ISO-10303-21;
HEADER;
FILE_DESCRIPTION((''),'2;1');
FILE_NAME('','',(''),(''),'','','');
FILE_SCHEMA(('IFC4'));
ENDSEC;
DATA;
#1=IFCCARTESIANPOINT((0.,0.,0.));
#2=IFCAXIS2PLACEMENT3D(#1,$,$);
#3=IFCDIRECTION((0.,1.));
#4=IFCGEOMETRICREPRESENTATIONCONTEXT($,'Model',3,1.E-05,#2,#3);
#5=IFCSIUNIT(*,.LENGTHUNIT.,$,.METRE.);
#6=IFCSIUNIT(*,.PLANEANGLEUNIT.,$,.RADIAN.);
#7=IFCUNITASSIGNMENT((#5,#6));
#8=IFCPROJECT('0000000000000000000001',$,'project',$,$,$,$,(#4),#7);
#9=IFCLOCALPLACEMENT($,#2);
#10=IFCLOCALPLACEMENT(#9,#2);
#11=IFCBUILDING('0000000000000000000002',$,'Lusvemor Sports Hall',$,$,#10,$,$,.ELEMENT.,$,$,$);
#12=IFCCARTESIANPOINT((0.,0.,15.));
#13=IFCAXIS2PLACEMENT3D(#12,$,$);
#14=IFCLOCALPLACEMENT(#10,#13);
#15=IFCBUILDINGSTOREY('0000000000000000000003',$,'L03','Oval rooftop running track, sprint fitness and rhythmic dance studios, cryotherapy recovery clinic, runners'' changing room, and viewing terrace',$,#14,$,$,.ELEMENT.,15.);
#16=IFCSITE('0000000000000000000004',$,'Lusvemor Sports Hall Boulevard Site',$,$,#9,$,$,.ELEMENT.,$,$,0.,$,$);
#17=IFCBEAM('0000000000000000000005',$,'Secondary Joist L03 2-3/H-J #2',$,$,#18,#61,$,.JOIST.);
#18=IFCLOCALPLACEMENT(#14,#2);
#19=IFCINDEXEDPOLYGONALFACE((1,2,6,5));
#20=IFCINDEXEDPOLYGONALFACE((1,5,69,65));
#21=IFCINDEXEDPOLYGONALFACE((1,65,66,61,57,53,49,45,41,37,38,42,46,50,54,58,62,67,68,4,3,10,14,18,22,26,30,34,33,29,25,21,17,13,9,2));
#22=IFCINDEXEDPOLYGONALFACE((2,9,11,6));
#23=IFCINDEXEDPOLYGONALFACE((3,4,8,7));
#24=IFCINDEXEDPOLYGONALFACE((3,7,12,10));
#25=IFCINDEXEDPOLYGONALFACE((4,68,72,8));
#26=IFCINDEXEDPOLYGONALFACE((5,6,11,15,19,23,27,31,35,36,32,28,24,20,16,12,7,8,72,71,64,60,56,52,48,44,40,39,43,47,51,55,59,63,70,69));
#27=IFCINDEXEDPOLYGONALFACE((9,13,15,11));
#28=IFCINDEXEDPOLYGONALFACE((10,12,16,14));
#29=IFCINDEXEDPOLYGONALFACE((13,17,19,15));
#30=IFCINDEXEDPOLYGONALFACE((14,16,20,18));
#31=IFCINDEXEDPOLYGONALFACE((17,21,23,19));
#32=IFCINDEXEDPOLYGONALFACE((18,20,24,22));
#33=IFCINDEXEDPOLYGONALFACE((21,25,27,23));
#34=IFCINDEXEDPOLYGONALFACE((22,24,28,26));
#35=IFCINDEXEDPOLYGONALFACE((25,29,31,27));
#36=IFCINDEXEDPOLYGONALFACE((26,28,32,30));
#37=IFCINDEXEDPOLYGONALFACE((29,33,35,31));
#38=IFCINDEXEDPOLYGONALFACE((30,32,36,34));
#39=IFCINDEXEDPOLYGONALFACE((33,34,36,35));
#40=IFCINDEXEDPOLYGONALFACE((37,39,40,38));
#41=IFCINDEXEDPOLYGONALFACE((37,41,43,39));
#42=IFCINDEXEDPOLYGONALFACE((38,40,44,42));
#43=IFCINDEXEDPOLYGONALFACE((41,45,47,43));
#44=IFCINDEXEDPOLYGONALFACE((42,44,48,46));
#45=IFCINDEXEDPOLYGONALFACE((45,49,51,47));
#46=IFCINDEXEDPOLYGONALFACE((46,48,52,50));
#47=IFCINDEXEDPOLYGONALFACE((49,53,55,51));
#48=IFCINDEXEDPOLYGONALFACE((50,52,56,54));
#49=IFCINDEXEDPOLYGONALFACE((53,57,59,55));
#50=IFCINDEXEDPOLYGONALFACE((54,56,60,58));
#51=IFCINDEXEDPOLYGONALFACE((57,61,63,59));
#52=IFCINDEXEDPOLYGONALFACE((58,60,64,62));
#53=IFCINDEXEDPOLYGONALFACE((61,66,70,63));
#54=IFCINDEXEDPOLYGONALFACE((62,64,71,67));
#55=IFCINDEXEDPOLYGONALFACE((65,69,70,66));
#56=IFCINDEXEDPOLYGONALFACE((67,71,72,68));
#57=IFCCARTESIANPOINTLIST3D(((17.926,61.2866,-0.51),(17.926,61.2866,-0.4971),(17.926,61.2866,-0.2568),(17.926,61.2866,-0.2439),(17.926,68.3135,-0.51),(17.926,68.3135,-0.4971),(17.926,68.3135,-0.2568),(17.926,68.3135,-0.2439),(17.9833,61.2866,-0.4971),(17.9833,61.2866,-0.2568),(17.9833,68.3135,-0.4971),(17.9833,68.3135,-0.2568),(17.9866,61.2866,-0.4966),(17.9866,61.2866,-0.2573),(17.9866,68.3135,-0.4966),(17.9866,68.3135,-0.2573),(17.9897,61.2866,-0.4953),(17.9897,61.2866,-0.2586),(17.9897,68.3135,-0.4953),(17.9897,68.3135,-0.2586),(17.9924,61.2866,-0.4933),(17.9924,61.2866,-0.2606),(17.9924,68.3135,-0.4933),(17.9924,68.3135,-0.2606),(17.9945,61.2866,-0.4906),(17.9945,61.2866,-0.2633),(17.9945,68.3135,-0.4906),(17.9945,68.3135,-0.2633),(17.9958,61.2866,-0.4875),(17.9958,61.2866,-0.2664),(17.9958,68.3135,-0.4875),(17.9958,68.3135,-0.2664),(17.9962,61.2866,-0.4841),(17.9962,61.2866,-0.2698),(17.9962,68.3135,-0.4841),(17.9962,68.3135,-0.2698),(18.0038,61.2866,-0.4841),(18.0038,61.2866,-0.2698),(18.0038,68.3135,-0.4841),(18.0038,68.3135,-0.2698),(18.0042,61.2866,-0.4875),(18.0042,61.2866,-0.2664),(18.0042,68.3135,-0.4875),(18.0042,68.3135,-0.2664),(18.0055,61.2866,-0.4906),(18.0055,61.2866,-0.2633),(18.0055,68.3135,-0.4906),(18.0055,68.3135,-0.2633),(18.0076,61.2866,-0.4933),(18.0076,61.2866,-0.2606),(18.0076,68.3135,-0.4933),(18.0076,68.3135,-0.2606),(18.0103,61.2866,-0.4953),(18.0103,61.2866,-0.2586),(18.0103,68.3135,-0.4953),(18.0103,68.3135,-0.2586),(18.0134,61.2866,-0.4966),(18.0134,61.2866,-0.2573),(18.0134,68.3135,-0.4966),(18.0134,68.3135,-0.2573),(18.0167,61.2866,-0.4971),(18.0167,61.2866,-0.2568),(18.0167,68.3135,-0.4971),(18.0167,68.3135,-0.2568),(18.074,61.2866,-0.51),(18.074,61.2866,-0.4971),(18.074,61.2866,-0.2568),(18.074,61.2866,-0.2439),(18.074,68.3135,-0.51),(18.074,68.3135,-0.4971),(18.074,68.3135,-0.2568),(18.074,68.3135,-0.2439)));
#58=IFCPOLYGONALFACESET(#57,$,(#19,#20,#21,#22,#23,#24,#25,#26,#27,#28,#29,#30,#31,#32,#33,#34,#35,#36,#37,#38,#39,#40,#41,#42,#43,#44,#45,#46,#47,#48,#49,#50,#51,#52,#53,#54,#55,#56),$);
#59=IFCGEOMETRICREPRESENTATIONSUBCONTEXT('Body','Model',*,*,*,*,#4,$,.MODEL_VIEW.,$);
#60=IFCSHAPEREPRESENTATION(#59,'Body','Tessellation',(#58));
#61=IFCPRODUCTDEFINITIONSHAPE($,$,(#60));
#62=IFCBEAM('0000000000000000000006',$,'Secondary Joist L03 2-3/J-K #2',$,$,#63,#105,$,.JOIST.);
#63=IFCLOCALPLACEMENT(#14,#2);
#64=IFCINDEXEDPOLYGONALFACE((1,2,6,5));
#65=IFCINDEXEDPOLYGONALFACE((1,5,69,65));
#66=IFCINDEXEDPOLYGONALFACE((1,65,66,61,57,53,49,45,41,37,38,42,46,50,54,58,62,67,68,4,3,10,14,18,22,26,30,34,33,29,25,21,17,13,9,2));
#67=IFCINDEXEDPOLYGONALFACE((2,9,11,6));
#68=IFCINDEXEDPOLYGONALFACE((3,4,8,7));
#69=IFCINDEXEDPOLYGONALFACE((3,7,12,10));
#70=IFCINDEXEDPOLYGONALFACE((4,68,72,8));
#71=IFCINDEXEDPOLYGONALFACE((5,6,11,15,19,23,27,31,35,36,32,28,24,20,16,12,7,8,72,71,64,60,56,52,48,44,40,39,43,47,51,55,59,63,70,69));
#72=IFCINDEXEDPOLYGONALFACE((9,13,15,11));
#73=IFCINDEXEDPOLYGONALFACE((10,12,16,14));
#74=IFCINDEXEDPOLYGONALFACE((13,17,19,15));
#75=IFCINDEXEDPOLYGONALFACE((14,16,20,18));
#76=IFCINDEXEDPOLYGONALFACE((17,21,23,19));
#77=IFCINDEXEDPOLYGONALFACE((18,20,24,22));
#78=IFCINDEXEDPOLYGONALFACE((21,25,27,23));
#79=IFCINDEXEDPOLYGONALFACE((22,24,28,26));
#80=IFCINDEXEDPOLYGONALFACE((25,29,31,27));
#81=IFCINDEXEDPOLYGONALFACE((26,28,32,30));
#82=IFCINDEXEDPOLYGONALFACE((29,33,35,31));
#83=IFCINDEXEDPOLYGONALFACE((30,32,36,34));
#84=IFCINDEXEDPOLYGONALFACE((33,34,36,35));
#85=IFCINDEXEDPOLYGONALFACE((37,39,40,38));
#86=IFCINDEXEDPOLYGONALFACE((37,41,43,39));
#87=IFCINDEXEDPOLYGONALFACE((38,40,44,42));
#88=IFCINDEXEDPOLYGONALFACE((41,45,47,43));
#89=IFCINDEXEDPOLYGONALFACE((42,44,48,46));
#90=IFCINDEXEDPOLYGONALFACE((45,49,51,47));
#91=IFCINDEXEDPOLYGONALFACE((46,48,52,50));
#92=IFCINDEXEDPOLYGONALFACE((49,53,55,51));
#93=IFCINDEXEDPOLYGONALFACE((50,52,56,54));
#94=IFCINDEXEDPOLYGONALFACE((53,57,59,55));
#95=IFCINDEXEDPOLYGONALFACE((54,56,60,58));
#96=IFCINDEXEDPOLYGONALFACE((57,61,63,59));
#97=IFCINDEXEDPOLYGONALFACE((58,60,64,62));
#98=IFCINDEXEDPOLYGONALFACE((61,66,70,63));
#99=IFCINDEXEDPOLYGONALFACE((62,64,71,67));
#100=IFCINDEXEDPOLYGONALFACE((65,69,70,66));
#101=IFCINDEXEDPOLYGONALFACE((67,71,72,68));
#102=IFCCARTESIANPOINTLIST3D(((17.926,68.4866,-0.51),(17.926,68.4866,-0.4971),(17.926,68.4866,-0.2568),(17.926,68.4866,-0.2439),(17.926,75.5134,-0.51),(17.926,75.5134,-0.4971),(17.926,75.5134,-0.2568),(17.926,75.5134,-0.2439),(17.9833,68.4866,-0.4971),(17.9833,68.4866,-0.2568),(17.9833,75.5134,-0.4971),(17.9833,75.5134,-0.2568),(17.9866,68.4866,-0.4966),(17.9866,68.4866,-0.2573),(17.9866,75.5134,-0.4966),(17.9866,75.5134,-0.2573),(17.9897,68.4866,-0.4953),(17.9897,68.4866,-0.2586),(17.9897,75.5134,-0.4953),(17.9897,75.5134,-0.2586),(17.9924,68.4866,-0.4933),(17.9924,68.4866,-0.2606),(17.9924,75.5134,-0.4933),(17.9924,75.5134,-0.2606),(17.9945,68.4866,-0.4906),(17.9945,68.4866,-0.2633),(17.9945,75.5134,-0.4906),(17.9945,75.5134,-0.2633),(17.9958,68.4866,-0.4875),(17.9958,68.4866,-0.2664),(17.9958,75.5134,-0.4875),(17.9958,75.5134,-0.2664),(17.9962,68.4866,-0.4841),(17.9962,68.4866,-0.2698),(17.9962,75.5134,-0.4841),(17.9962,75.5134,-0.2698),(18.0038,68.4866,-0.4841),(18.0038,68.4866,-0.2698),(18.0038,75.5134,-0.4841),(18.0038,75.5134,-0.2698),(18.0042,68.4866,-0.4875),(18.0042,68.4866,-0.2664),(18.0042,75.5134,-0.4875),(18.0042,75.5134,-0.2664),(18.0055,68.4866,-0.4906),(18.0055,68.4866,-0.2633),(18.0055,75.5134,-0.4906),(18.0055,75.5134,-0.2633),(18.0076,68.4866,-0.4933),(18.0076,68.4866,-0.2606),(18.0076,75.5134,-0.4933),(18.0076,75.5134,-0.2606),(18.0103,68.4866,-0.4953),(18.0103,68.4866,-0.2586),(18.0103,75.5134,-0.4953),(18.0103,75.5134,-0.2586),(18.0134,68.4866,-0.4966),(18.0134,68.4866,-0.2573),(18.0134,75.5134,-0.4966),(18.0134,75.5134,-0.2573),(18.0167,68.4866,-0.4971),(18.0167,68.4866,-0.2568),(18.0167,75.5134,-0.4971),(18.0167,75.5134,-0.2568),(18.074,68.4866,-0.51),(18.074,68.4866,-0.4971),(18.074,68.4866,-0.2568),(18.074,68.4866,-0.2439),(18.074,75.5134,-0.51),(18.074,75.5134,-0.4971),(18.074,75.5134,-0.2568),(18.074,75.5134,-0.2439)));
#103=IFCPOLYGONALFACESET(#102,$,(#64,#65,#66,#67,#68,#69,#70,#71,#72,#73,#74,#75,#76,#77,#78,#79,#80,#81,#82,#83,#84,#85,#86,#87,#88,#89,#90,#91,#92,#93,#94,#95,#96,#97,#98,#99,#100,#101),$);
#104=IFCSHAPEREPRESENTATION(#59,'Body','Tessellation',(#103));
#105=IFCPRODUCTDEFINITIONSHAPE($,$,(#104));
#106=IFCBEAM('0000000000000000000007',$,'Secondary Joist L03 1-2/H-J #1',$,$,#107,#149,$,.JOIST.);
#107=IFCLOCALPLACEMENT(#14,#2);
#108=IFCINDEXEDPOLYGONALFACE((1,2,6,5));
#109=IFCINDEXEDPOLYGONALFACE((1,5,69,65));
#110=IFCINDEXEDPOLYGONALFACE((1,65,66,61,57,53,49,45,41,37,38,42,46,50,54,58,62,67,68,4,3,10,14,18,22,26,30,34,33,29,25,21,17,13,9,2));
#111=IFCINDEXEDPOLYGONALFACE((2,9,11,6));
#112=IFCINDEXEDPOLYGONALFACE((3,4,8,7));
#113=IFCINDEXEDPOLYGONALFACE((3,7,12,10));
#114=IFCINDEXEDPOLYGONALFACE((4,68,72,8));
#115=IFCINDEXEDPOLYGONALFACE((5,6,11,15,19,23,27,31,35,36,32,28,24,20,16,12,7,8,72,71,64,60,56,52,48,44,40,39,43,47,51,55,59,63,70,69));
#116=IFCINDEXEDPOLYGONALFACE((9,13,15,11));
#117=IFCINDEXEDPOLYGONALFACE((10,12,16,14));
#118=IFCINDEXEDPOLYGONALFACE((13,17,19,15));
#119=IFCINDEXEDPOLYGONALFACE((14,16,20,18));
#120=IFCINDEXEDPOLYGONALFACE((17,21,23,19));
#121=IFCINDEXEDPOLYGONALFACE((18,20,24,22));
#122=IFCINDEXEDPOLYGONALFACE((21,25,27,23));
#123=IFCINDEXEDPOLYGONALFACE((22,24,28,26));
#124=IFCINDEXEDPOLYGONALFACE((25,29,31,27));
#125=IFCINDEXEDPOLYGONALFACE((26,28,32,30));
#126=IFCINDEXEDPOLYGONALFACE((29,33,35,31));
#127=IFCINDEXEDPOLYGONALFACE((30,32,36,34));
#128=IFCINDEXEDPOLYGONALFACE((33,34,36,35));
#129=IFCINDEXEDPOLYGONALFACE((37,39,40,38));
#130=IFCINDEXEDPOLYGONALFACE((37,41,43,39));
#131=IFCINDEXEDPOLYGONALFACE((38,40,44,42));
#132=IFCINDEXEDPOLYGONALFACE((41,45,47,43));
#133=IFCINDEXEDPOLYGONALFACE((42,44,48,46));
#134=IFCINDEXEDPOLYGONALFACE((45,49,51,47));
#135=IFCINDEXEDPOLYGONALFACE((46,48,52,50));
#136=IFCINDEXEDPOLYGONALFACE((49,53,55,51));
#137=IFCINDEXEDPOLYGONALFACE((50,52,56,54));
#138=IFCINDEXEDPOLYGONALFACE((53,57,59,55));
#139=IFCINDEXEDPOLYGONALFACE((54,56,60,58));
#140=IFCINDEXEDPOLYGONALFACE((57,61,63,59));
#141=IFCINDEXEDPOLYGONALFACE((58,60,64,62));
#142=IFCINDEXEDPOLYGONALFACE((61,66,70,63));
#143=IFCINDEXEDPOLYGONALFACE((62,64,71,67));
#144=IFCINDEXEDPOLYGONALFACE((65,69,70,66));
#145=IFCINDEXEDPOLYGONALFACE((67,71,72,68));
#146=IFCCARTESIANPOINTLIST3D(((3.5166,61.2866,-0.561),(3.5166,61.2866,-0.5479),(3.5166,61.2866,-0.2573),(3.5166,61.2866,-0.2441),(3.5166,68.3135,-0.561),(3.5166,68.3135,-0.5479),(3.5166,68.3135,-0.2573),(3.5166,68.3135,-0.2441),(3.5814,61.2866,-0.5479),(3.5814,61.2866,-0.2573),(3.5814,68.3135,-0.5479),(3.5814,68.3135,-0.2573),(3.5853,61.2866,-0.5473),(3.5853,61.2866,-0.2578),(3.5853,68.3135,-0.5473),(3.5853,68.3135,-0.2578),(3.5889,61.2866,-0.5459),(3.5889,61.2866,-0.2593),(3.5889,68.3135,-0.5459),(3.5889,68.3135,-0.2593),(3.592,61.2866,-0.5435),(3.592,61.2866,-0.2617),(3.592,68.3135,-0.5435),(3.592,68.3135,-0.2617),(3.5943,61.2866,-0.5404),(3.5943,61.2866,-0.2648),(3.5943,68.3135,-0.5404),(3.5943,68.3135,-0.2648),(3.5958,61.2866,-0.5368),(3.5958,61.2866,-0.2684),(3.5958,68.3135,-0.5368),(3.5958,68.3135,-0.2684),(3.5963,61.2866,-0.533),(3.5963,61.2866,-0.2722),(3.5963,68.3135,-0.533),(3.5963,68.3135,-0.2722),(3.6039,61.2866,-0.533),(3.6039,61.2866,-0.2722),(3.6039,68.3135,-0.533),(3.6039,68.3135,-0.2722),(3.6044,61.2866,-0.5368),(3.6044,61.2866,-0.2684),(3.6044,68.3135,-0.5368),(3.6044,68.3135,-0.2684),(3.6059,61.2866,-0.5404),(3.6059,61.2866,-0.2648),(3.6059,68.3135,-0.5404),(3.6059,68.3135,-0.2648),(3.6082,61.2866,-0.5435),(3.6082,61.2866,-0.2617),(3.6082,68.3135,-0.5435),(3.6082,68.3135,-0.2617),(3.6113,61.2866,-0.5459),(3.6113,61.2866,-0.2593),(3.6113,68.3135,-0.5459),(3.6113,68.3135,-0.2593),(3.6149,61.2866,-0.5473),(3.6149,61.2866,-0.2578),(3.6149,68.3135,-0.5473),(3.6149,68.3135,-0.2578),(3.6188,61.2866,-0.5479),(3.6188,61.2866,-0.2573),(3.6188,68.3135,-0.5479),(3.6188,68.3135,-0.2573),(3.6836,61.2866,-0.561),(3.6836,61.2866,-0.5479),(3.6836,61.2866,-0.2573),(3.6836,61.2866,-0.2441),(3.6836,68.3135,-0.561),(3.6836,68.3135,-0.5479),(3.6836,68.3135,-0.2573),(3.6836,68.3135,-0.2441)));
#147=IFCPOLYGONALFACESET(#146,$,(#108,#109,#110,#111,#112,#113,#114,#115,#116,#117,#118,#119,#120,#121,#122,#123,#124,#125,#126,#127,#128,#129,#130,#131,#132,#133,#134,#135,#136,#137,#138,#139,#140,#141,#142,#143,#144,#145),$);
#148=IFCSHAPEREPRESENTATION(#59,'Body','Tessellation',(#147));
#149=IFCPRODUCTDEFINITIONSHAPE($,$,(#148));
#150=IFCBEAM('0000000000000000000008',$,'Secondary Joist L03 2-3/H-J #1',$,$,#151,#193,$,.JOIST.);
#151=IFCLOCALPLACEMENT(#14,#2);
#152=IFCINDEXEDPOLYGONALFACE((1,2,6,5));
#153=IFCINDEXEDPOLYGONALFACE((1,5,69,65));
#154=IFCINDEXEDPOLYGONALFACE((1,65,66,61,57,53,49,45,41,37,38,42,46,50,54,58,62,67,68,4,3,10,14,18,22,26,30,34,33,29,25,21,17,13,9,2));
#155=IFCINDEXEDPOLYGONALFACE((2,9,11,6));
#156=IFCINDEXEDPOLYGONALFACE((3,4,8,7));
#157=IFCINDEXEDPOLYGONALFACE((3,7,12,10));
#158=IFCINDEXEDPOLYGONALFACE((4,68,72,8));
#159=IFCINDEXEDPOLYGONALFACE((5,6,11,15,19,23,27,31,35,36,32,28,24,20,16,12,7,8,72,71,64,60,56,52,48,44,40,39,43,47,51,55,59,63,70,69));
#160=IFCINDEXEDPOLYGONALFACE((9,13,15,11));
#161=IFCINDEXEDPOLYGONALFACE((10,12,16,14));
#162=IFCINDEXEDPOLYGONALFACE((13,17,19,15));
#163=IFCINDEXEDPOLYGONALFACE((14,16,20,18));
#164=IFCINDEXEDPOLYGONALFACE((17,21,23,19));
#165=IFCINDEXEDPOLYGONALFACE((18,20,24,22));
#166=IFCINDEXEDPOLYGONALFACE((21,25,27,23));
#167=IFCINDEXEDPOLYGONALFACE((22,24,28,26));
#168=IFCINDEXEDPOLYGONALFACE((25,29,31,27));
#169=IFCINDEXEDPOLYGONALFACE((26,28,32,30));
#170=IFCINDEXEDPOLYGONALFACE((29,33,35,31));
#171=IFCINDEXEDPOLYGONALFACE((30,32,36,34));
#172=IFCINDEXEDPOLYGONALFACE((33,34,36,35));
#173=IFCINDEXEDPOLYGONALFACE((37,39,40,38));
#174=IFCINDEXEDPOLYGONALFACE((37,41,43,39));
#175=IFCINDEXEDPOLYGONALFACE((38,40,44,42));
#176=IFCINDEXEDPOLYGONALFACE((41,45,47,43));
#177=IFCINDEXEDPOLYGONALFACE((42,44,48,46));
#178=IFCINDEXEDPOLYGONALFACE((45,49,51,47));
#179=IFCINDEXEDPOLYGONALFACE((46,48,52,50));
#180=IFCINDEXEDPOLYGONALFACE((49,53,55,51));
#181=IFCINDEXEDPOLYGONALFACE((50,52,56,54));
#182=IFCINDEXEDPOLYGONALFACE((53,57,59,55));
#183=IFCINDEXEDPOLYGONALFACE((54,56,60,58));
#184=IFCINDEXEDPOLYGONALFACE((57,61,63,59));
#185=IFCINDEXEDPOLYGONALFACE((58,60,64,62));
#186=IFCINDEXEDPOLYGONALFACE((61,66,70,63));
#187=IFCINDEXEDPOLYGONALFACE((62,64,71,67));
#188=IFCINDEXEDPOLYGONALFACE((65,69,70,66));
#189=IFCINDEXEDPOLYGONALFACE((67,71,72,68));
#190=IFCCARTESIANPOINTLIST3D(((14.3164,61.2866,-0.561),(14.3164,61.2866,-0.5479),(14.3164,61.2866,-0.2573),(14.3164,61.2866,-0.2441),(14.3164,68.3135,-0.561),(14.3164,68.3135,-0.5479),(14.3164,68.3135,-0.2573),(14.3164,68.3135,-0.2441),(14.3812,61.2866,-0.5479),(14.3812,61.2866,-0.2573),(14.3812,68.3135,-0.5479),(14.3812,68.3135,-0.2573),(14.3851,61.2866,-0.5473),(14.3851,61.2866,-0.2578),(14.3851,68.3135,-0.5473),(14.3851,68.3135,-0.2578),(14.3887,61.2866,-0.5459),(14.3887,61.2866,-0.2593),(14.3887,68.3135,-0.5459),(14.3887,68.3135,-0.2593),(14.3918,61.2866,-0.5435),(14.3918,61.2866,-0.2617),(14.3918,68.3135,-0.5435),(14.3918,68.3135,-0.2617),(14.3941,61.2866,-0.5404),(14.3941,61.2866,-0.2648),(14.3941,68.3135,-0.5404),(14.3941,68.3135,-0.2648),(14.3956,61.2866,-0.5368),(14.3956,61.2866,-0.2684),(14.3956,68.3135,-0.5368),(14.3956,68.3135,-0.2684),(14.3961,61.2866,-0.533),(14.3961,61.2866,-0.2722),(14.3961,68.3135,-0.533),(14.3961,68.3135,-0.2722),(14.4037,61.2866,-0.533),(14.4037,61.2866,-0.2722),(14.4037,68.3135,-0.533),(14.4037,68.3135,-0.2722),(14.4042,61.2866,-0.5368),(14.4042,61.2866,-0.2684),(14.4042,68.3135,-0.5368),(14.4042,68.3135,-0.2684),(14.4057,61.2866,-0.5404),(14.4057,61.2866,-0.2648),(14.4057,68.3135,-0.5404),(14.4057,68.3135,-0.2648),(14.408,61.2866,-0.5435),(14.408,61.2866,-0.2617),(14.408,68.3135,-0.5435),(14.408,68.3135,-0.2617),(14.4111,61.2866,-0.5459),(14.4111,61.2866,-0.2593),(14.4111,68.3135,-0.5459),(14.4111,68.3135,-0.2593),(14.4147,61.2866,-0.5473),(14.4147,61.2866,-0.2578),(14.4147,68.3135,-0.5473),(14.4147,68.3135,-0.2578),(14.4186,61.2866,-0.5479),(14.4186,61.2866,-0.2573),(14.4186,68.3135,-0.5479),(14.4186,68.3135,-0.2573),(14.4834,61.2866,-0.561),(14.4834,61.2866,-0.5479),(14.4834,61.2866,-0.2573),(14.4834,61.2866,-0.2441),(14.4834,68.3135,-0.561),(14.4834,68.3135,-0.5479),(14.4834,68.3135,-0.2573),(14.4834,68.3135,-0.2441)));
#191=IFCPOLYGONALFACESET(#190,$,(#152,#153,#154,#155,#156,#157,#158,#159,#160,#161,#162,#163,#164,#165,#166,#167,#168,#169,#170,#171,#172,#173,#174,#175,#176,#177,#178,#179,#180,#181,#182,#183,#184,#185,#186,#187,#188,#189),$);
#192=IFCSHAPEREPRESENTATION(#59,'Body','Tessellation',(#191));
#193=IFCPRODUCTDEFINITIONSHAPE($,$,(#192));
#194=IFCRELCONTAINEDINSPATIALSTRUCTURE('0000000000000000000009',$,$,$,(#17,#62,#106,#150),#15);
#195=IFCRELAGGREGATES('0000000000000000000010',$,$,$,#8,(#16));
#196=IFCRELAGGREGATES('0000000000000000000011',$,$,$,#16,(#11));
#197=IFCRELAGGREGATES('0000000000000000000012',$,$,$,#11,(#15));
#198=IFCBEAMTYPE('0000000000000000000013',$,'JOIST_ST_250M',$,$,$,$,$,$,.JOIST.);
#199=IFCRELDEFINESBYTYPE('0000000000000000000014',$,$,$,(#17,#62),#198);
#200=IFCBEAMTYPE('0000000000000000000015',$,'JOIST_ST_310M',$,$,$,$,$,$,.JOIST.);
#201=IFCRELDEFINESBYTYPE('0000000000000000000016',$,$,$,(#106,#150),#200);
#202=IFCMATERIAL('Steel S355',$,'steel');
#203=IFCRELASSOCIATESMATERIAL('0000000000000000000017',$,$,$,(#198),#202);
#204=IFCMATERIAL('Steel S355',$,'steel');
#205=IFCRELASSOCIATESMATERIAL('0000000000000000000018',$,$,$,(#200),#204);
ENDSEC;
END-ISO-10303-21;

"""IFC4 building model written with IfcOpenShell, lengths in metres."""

from ifc_helpers import new_model, si_unit, direction, frame, origin, origin_2d, place, context, subcontext, project, spatial, i_section, extrude, material, material_profile, profile_set, type_object, element, save


model = new_model("IFC4")

# Units and contexts
model_context = context("Model", 3, precision=1e-05, world=origin(), true_north=direction((0.0, 1.0)))
body_context = subcontext(model_context, "Body", "Model", "MODEL_VIEW")
ifc_project = project(units=[si_unit("LENGTHUNIT", "METRE"), si_unit("PLANEANGLEUNIT", "RADIAN")], contexts=[model_context])

# Site, building, storey
site_placement = place(None, origin())
site = spatial("IfcSite", under=ifc_project, at=site_placement, Name="Lusvemor Sports Hall Boulevard Site", CompositionType="ELEMENT", RefElevation=0.0)
building_placement = place(site_placement, origin())
building = spatial("IfcBuilding", under=site, at=building_placement, Name="Lusvemor Sports Hall", CompositionType="ELEMENT")
storey_placement = place(building_placement, frame((0.0, 0.0, 15.0)))
storey = spatial("IfcBuildingStorey", under=building, at=storey_placement, Name="L03", Description="Oval rooftop running track, sprint fitness and rhythmic dance studios, cryotherapy recovery clinic, runners' changing room, and viewing terrace", CompositionType="ELEMENT", Elevation=15.0)

# Beams
ifc_material_1 = material(Name="Steel S355", Category="steel")
ifc_material_profile_1 = material_profile(ifc_material_1, i_section(OverallWidth=0.1479, OverallDepth=0.2661, WebThickness=0.0076, FlangeThickness=0.0129, FilletRadius=0.0129, at=origin_2d()), Name="W250x44.8")
ifc_profile_set_1 = profile_set([ifc_material_profile_1], Name="Steel S355")
beam_type_1 = type_object("IfcBeamType", Name="JOIST_ST_250M", PredefinedType="JOIST", material=ifc_profile_set_1)
for number, where, z_axis, x_axis, name in (
    (1, (18.0, 61.2866, -0.377), (0.0, 1.0, 0.0), (-1.0, 0.0, 0.0), "Secondary Joist L03 2-3/H-J #2"),
    (2, (18.0, 68.4866, -0.377), (0.0, 1.0, 0.0), (-1.0, 0.0, 0.0), "Secondary Joist L03 2-3/J-K #2"),
):
    element("IfcBeam", number, at=place(storey_placement, frame(where, z_axis=z_axis, x_axis=x_axis)), inside=storey, type_object=beam_type_1, Name=name, PredefinedType="JOIST", context=body_context, shape_type="SweptSolid", body=[
        extrude(i_section(OverallWidth=0.1479, OverallDepth=0.2661, WebThickness=0.0076, FlangeThickness=0.0129, FilletRadius=0.0129, at=origin_2d()), origin(), (0.0, 0.0, 1.0), 7.0269),
    ])
ifc_material_2 = material(Name="Steel S355", Category="steel")
ifc_material_profile_2 = material_profile(ifc_material_2, i_section(OverallWidth=0.167, OverallDepth=0.3169, WebThickness=0.0076, FlangeThickness=0.0132, FilletRadius=0.0149, at=origin_2d()), Name="W310x52.0")
ifc_profile_set_2 = profile_set([ifc_material_profile_2], Name="Steel S355")
beam_type_2 = type_object("IfcBeamType", Name="JOIST_ST_310M", PredefinedType="JOIST", material=ifc_profile_set_2)
for number, where, z_axis, x_axis, name in (
    (3, (3.6001, 61.2866, -0.4026), (0.0, 1.0, 0.0), (-1.0, 0.0, 0.0), "Secondary Joist L03 1-2/H-J #1"),
    (4, (14.3999, 61.2866, -0.4026), (0.0, 1.0, 0.0), (-1.0, 0.0, 0.0), "Secondary Joist L03 2-3/H-J #1"),
):
    element("IfcBeam", number, at=place(storey_placement, frame(where, z_axis=z_axis, x_axis=x_axis)), inside=storey, type_object=beam_type_2, Name=name, PredefinedType="JOIST", context=body_context, shape_type="SweptSolid", body=[
        extrude(i_section(OverallWidth=0.167, OverallDepth=0.3169, WebThickness=0.0076, FlangeThickness=0.0132, FilletRadius=0.0149, at=origin_2d()), origin(), (0.0, 0.0, 1.0), 7.0269),
    ])

save(model, "model.ifc")
